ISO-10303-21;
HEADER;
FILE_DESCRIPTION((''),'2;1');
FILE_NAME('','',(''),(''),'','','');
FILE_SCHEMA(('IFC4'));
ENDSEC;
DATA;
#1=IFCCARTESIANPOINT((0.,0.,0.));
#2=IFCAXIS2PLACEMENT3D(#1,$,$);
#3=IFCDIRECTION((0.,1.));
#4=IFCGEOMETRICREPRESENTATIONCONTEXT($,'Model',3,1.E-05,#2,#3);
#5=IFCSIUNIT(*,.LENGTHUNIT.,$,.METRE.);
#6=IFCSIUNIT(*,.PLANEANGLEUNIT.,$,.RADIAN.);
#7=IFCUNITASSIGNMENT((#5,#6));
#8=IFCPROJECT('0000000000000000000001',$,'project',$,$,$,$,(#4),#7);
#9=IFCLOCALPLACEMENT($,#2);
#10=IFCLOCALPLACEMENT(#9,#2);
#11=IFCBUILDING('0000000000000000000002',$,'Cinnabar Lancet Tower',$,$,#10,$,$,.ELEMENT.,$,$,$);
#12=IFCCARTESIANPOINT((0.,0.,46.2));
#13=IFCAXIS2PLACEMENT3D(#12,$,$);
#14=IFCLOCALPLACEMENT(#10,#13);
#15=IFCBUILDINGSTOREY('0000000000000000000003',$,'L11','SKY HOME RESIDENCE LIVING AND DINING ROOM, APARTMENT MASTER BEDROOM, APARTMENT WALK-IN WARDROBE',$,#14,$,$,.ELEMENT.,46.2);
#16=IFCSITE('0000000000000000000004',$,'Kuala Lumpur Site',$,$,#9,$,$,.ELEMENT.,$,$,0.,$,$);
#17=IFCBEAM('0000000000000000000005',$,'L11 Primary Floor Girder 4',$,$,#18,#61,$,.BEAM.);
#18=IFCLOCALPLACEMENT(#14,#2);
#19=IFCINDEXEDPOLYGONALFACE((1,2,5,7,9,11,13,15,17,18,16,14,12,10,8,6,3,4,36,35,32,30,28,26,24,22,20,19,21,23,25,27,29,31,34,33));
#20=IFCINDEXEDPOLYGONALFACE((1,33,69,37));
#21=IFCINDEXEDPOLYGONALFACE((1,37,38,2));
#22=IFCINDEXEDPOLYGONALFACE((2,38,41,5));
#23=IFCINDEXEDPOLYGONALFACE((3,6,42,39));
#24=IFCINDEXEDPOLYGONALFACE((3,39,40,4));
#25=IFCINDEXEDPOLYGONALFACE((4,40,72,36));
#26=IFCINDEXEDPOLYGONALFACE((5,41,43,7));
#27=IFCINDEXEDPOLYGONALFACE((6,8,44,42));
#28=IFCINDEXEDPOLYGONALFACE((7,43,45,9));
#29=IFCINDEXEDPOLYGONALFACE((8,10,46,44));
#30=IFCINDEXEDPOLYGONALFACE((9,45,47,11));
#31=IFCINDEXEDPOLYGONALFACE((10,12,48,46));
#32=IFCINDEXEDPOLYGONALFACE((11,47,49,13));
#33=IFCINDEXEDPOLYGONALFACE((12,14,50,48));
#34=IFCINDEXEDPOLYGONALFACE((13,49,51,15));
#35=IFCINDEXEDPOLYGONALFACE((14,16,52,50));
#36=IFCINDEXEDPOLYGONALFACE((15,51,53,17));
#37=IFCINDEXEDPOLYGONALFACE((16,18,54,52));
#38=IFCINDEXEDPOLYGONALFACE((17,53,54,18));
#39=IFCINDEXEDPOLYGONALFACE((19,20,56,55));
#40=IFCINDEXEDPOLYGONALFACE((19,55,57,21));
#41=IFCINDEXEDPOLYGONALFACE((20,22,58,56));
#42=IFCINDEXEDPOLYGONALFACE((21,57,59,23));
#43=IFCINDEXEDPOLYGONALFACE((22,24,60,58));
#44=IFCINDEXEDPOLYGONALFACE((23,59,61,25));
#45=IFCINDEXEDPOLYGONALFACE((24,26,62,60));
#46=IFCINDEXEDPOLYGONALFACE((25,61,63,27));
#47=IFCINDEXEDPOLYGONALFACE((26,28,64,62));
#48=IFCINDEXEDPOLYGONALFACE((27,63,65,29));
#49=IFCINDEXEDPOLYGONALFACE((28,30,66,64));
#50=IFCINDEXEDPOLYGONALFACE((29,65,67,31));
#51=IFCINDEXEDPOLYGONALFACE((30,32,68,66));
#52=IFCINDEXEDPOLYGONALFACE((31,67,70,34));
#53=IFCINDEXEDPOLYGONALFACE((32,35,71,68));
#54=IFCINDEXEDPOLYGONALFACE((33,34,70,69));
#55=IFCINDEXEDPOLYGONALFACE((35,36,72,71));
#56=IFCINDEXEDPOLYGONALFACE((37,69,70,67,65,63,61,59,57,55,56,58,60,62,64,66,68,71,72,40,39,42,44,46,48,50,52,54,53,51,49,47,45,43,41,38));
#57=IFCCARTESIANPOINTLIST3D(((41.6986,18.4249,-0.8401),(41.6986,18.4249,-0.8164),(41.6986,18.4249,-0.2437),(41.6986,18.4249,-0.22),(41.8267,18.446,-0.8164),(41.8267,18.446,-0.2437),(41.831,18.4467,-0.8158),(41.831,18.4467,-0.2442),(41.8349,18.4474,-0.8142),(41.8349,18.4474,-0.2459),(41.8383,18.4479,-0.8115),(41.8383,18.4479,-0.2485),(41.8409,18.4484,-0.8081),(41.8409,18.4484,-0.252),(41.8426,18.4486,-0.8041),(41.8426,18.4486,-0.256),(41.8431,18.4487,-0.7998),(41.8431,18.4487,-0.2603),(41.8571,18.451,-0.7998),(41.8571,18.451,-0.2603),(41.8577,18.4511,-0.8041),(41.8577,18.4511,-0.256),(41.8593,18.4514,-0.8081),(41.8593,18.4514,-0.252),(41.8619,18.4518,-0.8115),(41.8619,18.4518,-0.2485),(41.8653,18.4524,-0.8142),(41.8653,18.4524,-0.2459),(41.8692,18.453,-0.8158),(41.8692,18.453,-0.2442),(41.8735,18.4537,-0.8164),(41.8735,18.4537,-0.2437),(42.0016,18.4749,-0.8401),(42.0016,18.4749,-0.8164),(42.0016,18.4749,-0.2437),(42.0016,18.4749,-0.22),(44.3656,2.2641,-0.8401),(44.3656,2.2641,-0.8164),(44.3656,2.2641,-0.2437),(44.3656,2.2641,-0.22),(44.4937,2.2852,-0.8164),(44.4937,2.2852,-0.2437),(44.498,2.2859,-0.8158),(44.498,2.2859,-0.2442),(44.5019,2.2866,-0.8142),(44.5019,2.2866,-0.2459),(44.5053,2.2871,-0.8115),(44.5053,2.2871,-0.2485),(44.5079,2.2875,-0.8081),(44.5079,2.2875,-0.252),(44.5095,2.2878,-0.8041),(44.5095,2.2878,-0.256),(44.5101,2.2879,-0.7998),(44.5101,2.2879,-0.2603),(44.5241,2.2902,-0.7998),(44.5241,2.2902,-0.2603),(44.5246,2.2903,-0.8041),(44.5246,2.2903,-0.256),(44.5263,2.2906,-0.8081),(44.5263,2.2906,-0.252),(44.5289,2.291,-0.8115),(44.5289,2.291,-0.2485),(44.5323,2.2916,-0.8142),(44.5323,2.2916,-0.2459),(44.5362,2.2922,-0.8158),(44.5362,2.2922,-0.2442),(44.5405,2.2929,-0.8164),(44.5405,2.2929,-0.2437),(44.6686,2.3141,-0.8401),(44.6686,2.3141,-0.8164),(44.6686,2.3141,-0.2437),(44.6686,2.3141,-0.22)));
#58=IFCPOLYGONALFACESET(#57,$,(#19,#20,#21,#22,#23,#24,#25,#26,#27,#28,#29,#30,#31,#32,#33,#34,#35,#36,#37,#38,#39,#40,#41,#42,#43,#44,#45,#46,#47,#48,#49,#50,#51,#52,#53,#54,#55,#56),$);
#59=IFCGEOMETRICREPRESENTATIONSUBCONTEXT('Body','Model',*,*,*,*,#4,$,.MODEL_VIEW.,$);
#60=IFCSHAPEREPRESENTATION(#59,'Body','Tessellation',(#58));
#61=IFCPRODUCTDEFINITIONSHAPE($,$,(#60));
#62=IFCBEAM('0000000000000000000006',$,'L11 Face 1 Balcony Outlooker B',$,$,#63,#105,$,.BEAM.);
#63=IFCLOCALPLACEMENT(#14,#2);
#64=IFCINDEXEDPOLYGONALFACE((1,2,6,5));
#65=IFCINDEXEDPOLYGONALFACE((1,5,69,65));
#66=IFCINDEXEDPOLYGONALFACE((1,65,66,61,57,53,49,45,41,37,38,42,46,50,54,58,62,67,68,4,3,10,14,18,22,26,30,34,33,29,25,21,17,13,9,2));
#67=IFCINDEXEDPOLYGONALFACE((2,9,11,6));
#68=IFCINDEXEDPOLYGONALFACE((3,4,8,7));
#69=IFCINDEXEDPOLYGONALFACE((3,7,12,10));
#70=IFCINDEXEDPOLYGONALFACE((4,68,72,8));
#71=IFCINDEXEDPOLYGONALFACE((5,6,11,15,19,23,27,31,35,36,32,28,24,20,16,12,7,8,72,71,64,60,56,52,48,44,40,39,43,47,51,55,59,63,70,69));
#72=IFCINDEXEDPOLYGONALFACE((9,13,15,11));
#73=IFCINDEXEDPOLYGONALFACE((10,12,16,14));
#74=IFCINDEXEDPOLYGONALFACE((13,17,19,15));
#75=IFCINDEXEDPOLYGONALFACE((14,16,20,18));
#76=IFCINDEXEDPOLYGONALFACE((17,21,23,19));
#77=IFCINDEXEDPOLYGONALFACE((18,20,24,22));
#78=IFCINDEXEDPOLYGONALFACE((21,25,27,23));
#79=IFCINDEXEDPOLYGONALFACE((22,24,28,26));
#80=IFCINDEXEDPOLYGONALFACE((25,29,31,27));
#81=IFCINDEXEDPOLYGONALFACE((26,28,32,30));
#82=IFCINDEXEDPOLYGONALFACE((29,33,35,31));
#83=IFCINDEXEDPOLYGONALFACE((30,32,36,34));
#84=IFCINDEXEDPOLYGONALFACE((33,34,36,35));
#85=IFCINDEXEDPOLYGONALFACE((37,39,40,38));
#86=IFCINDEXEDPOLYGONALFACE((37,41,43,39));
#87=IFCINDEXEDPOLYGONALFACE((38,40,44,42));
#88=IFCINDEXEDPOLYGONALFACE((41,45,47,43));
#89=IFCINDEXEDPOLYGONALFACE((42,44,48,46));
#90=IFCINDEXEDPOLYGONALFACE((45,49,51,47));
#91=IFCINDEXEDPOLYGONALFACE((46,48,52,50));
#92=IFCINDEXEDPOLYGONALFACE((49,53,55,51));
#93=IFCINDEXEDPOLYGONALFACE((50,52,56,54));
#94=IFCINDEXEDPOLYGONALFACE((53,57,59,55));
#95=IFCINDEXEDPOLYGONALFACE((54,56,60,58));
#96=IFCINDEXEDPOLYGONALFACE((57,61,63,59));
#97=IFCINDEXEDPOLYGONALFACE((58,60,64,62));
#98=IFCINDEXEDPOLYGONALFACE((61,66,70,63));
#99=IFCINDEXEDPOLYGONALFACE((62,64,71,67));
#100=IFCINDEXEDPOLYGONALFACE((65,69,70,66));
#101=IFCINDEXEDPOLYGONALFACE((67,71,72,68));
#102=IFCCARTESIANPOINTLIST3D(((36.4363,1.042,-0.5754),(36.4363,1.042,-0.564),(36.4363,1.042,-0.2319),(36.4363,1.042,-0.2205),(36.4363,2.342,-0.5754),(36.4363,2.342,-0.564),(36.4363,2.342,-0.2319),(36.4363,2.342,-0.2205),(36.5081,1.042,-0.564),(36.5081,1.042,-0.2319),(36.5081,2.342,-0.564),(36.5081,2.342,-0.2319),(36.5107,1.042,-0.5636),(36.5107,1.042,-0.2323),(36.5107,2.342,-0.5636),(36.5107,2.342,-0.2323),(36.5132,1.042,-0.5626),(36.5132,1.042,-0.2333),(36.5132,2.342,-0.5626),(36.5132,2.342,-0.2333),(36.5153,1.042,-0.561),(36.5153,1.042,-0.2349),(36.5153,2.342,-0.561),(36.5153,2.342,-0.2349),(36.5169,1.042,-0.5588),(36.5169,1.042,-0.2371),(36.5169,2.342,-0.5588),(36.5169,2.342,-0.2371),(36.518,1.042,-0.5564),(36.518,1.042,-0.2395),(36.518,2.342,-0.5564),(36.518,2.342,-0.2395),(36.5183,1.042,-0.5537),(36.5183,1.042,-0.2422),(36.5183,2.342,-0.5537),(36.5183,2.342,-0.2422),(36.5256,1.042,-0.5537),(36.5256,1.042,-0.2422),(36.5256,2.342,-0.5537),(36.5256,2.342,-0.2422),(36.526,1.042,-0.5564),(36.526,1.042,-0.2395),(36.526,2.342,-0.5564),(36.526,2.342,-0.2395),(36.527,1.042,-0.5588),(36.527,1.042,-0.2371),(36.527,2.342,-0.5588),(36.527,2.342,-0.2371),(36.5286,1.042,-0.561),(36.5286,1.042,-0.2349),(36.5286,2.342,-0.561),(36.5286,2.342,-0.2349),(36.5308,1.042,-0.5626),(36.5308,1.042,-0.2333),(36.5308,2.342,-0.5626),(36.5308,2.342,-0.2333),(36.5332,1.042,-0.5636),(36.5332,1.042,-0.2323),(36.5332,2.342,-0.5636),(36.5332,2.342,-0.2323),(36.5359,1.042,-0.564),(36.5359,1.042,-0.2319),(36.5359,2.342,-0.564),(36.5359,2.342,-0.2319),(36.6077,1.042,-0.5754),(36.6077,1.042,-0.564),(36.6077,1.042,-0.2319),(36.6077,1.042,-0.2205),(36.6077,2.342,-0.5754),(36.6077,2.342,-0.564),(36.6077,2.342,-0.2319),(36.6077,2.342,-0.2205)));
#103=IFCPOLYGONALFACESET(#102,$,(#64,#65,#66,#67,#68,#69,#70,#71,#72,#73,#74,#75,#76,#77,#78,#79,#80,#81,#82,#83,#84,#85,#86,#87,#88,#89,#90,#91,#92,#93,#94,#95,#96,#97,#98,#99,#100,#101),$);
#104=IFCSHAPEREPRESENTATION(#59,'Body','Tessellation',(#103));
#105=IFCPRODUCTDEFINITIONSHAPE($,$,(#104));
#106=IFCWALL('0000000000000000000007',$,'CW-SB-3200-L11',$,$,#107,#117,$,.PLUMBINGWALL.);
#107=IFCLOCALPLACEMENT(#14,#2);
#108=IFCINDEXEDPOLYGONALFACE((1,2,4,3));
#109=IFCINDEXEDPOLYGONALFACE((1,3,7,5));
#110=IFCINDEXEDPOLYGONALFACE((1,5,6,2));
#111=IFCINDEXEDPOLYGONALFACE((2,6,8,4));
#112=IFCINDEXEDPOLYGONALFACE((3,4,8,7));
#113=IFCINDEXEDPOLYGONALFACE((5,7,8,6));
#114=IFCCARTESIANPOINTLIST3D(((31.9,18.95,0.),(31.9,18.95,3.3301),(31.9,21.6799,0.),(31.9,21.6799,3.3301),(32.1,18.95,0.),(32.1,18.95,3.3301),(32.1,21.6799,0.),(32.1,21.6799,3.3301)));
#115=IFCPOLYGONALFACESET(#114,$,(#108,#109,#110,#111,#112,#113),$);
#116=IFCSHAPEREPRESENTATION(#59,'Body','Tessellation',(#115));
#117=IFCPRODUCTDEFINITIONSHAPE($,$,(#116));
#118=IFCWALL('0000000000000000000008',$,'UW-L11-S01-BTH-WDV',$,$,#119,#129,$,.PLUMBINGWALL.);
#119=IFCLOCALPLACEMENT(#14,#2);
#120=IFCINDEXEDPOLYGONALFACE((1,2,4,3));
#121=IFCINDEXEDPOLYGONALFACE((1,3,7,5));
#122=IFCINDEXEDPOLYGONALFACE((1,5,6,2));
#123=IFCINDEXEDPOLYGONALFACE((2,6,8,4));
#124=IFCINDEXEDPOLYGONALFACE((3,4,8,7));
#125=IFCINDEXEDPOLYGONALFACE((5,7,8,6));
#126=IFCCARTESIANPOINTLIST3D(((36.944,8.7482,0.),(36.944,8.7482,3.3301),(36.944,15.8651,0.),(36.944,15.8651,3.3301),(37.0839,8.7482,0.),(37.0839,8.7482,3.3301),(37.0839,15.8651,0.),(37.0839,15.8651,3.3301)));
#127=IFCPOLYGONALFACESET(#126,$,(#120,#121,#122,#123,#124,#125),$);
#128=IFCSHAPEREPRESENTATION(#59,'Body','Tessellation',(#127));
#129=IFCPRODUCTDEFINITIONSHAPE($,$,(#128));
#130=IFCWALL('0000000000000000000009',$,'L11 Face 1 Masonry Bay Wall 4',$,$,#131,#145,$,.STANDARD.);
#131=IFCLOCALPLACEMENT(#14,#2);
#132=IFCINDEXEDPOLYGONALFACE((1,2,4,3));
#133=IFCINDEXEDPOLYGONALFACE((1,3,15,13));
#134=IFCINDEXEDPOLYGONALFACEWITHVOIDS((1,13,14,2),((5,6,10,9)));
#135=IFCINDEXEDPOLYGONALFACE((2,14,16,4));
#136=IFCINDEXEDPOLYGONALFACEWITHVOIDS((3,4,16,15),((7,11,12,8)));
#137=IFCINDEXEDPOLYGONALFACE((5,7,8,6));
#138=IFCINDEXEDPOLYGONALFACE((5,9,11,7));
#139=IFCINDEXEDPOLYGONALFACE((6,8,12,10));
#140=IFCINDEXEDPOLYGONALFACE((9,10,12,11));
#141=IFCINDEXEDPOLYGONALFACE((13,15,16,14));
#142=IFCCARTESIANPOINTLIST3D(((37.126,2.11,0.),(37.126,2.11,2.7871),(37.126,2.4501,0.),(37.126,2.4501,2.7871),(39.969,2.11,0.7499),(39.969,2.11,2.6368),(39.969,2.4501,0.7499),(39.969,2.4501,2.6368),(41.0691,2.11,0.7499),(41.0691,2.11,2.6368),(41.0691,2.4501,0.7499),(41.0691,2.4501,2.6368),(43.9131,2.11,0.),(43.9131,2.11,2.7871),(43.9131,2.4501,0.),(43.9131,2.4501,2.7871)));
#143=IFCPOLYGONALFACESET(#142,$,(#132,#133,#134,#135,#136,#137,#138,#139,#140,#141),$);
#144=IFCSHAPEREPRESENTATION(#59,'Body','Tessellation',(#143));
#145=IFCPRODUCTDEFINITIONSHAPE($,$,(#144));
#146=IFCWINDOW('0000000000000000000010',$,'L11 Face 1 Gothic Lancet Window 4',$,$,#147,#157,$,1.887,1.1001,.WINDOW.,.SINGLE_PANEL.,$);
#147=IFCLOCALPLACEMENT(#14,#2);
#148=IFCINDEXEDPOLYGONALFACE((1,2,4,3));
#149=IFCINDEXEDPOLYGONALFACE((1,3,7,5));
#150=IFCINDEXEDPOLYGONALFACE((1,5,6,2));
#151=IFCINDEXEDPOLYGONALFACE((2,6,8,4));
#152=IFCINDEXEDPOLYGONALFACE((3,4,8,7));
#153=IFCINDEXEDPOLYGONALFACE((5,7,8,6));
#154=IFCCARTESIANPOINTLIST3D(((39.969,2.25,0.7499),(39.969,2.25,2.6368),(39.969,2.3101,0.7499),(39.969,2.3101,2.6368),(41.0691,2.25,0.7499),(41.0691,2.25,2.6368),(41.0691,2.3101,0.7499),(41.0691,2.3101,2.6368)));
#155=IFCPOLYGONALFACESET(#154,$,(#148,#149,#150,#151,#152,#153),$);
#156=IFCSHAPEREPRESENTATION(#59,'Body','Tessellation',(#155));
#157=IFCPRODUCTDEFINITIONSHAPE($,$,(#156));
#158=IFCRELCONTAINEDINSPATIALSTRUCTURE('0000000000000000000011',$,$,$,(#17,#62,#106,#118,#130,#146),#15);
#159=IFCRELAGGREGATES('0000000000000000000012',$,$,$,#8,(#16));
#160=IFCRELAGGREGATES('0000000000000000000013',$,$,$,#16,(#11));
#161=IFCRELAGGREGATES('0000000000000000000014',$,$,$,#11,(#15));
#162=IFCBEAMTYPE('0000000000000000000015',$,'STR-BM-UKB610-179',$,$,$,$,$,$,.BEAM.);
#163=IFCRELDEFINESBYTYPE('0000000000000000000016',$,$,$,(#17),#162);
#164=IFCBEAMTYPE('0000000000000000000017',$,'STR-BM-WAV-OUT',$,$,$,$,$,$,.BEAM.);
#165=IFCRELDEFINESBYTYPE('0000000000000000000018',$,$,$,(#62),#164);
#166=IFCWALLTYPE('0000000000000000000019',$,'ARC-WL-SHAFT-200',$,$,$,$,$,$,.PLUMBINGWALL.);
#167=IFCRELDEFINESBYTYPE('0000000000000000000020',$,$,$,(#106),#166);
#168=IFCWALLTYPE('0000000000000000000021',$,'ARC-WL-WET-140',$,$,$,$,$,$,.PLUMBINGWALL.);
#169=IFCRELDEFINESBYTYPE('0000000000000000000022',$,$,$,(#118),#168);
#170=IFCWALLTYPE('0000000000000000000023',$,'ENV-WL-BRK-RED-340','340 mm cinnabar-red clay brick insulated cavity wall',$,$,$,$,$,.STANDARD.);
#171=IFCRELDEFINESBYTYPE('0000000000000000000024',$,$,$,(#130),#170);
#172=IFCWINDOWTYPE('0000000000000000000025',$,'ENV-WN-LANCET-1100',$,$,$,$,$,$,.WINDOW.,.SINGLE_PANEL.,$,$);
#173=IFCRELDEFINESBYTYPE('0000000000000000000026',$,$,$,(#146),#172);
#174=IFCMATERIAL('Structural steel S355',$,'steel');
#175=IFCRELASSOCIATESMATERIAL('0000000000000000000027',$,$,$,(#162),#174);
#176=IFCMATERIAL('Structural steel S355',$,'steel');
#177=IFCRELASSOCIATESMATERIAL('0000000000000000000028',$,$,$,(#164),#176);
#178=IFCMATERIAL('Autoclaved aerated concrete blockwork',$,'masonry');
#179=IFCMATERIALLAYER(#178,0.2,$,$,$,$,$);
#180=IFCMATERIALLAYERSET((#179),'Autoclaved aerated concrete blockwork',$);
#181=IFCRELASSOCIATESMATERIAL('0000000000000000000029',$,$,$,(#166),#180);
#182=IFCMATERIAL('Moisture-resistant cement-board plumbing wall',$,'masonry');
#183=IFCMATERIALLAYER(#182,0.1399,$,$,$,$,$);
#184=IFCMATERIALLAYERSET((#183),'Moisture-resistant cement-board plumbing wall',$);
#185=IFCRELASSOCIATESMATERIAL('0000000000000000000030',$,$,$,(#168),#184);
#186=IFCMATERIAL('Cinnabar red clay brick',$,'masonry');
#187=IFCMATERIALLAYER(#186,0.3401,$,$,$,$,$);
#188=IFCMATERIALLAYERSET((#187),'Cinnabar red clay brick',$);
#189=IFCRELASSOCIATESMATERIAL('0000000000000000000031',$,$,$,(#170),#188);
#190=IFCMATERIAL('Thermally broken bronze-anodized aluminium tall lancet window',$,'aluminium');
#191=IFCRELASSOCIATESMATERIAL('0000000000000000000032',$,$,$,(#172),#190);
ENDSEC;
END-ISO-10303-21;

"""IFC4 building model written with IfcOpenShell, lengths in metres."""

from ifc_helpers import new_model, si_unit, direction, frame, frame_2d, origin, origin_2d, place, context, subcontext, project, spatial, rectangle, i_section, extrude, material, layer, layer_set, material_profile, profile_set, type_object, element, fill, save


model = new_model("IFC4")

# Units and contexts
model_context = context("Model", 3, precision=1e-05, world=origin(), true_north=direction((0.0, 1.0)))
body_context = subcontext(model_context, "Body", "Model", "MODEL_VIEW")
ifc_project = project(units=[si_unit("LENGTHUNIT", "METRE"), si_unit("PLANEANGLEUNIT", "RADIAN")], contexts=[model_context])

# Site, building, storey
site_placement = place(None, origin())
site = spatial("IfcSite", under=ifc_project, at=site_placement, Name="Kuala Lumpur Site", CompositionType="ELEMENT", RefElevation=0.0)
building_placement = place(site_placement, origin())
building = spatial("IfcBuilding", under=site, at=building_placement, Name="Cinnabar Lancet Tower", CompositionType="ELEMENT")
storey_placement = place(building_placement, frame((0.0, 0.0, 46.2)))
storey = spatial("IfcBuildingStorey", under=building, at=storey_placement, Name="L11", Description="SKY HOME RESIDENCE LIVING AND DINING ROOM, APARTMENT MASTER BEDROOM, APARTMENT WALK-IN WARDROBE", CompositionType="ELEMENT", Elevation=46.2)

# Beams
ifc_material_1 = material(Name="Structural steel S355", Category="steel")
ifc_material_profile_1 = material_profile(ifc_material_1, i_section(OverallWidth=0.3071, OverallDepth=0.6201, WebThickness=0.0142, FlangeThickness=0.0237, FilletRadius=0.0166, at=origin_2d()), Name="UKB 610x305x179")
ifc_profile_set_1 = profile_set([ifc_material_profile_1], Name="Structural steel S355")
beam_type_1 = type_object("IfcBeamType", Name="STR-BM-UKB610-179", PredefinedType="BEAM", material=ifc_profile_set_1)
beam_1_placement = place(storey_placement, frame((44.5171, 2.2891, -0.53), z_axis=(-0.162825, 0.986655, 0.0), x_axis=(-0.986655, -0.162825, 0.0)))
element("IfcBeam", 1, at=beam_1_placement, inside=storey, type_object=beam_type_1, Name="L11 Primary Floor Girder 4", PredefinedType="BEAM", context=body_context, shape_type="SweptSolid", body=[
    extrude(i_section(OverallWidth=0.3071, OverallDepth=0.6201, WebThickness=0.0142, FlangeThickness=0.0237, FilletRadius=0.0166, at=origin_2d()), origin(), (0.0, 0.0, 1.0), 16.3794),
])
ifc_material_2 = material(Name="Structural steel S355", Category="steel")
ifc_material_profile_2 = material_profile(ifc_material_2, i_section(OverallWidth=0.1714, OverallDepth=0.355, WebThickness=0.0073, FlangeThickness=0.0115, FilletRadius=0.0103, at=origin_2d()), Name="UKB 356x171x51")
ifc_profile_set_2 = profile_set([ifc_material_profile_2], Name="Structural steel S355")
beam_type_2 = type_object("IfcBeamType", Name="STR-BM-WAV-OUT", PredefinedType="BEAM", material=ifc_profile_set_2)
beam_2_placement = place(storey_placement, frame((36.522, 2.342, -0.3979), z_axis=(0.0, -1.0, 0.0), x_axis=(1.0, 0.0, 0.0)))
element("IfcBeam", 2, at=beam_2_placement, inside=storey, type_object=beam_type_2, Name="L11 Face 1 Balcony Outlooker B", PredefinedType="BEAM", context=body_context, shape_type="SweptSolid", body=[
    extrude(i_section(OverallWidth=0.1714, OverallDepth=0.355, WebThickness=0.0073, FlangeThickness=0.0115, FilletRadius=0.0103, at=origin_2d()), origin(), (0.0, 0.0, 1.0), 1.3),
])

# Walls
ifc_material_3 = material(Name="Autoclaved aerated concrete blockwork", Category="masonry")
ifc_layer_1 = layer(ifc_material_3, 0.2)
ifc_layer_set_1 = layer_set([ifc_layer_1], Name="Autoclaved aerated concrete blockwork")
wall_type_1 = type_object("IfcWallType", Name="ARC-WL-SHAFT-200", PredefinedType="PLUMBINGWALL", material=ifc_layer_set_1)
wall_1_placement = place(storey_placement, frame((32.0, 18.95, 0.0), z_axis=(0.0, 0.0, 1.0), x_axis=(0.0, 1.0, 0.0)))
element("IfcWall", 3, at=wall_1_placement, inside=storey, type_object=wall_type_1, Name="CW-SB-3200-L11", PredefinedType="PLUMBINGWALL", context=body_context, shape_type="SweptSolid", body=[
    extrude(rectangle(XDim=2.73, YDim=0.2, at=frame_2d((1.365, 0.0))), origin(), (0.0, 0.0, 1.0), 3.3301),
])
ifc_material_4 = material(Name="Moisture-resistant cement-board plumbing wall", Category="masonry")
ifc_layer_2 = layer(ifc_material_4, 0.1399)
ifc_layer_set_2 = layer_set([ifc_layer_2], Name="Moisture-resistant cement-board plumbing wall")
wall_type_2 = type_object("IfcWallType", Name="ARC-WL-WET-140", PredefinedType="PLUMBINGWALL", material=ifc_layer_set_2)
wall_2_placement = place(storey_placement, frame((37.0139, 8.748, 0.0), z_axis=(0.0, 0.0, 1.0), x_axis=(0.0, 1.0, 0.0)))
element("IfcWall", 4, at=wall_2_placement, inside=storey, type_object=wall_type_2, Name="UW-L11-S01-BTH-WDV", PredefinedType="PLUMBINGWALL", context=body_context, shape_type="SweptSolid", body=[
    extrude(rectangle(XDim=7.1169, YDim=0.1399, at=frame_2d((3.5586, 0.0))), origin(), (0.0, 0.0, 1.0), 3.3301),
])

# Wall, opening, window
ifc_material_5 = material(Name="Cinnabar red clay brick", Category="masonry")
ifc_layer_3 = layer(ifc_material_5, 0.3401)
ifc_layer_set_3 = layer_set([ifc_layer_3], Name="Cinnabar red clay brick")
wall_type_3 = type_object("IfcWallType", Name="ENV-WL-BRK-RED-340", Description="340 mm cinnabar-red clay brick insulated cavity wall", PredefinedType="STANDARD", material=ifc_layer_set_3)
wall_3_placement = place(storey_placement, frame((37.126, 2.28, 0.0), z_axis=(0.0, 0.0, 1.0), x_axis=(1.0, 0.0, 0.0)))
wall_3 = element("IfcWall", 5, at=wall_3_placement, inside=storey, type_object=wall_type_3, Name="L11 Face 1 Masonry Bay Wall 4", PredefinedType="STANDARD", context=body_context, shape_type="SweptSolid", body=[
    extrude(rectangle(XDim=6.7871, YDim=0.3401, at=frame_2d((3.3936, 0.0))), origin(), (0.0, 0.0, 1.0), 2.7871),
])
opening_1_placement = place(wall_3_placement, frame((2.843, 0.0, 0.75)))
opening_1 = element("IfcOpeningElement", 6, at=opening_1_placement, cuts=wall_3, PredefinedType="OPENING", context=body_context, shape_type="SweptSolid", body=[
    extrude(rectangle(XDim=1.1001, YDim=1.887, at=frame_2d((0.55, 0.9434))), frame((0.0, 0.1799, 0.0), z_axis=(0.0, -1.0, 0.0), x_axis=(1.0, 0.0, 0.0)), (0.0, 0.0, 1.0), 0.3601),
])
ifc_material_6 = material(Name="Thermally broken bronze-anodized aluminium tall lancet window", Category="aluminium")
window_type = type_object("IfcWindowType", Name="ENV-WN-LANCET-1100", PartitioningType="SINGLE_PANEL", PredefinedType="WINDOW", material=ifc_material_6)
window_placement = place(opening_1_placement, origin())
window = element("IfcWindow", 7, at=window_placement, inside=storey, type_object=window_type, Name="L11 Face 1 Gothic Lancet Window 4", OverallHeight=1.887, OverallWidth=1.1001, PartitioningType="SINGLE_PANEL", PredefinedType="WINDOW", context=body_context, shape_type="SweptSolid", body=[
    extrude(rectangle(XDim=1.1001, YDim=1.887, at=frame_2d((0.55, 0.9434))), frame((0.0, 0.03, 0.0), z_axis=(0.0, -1.0, 0.0), x_axis=(1.0, 0.0, 0.0)), (0.0, 0.0, 1.0), 0.0601),
])
fill(opening_1, window)

save(model, "model.ifc")
